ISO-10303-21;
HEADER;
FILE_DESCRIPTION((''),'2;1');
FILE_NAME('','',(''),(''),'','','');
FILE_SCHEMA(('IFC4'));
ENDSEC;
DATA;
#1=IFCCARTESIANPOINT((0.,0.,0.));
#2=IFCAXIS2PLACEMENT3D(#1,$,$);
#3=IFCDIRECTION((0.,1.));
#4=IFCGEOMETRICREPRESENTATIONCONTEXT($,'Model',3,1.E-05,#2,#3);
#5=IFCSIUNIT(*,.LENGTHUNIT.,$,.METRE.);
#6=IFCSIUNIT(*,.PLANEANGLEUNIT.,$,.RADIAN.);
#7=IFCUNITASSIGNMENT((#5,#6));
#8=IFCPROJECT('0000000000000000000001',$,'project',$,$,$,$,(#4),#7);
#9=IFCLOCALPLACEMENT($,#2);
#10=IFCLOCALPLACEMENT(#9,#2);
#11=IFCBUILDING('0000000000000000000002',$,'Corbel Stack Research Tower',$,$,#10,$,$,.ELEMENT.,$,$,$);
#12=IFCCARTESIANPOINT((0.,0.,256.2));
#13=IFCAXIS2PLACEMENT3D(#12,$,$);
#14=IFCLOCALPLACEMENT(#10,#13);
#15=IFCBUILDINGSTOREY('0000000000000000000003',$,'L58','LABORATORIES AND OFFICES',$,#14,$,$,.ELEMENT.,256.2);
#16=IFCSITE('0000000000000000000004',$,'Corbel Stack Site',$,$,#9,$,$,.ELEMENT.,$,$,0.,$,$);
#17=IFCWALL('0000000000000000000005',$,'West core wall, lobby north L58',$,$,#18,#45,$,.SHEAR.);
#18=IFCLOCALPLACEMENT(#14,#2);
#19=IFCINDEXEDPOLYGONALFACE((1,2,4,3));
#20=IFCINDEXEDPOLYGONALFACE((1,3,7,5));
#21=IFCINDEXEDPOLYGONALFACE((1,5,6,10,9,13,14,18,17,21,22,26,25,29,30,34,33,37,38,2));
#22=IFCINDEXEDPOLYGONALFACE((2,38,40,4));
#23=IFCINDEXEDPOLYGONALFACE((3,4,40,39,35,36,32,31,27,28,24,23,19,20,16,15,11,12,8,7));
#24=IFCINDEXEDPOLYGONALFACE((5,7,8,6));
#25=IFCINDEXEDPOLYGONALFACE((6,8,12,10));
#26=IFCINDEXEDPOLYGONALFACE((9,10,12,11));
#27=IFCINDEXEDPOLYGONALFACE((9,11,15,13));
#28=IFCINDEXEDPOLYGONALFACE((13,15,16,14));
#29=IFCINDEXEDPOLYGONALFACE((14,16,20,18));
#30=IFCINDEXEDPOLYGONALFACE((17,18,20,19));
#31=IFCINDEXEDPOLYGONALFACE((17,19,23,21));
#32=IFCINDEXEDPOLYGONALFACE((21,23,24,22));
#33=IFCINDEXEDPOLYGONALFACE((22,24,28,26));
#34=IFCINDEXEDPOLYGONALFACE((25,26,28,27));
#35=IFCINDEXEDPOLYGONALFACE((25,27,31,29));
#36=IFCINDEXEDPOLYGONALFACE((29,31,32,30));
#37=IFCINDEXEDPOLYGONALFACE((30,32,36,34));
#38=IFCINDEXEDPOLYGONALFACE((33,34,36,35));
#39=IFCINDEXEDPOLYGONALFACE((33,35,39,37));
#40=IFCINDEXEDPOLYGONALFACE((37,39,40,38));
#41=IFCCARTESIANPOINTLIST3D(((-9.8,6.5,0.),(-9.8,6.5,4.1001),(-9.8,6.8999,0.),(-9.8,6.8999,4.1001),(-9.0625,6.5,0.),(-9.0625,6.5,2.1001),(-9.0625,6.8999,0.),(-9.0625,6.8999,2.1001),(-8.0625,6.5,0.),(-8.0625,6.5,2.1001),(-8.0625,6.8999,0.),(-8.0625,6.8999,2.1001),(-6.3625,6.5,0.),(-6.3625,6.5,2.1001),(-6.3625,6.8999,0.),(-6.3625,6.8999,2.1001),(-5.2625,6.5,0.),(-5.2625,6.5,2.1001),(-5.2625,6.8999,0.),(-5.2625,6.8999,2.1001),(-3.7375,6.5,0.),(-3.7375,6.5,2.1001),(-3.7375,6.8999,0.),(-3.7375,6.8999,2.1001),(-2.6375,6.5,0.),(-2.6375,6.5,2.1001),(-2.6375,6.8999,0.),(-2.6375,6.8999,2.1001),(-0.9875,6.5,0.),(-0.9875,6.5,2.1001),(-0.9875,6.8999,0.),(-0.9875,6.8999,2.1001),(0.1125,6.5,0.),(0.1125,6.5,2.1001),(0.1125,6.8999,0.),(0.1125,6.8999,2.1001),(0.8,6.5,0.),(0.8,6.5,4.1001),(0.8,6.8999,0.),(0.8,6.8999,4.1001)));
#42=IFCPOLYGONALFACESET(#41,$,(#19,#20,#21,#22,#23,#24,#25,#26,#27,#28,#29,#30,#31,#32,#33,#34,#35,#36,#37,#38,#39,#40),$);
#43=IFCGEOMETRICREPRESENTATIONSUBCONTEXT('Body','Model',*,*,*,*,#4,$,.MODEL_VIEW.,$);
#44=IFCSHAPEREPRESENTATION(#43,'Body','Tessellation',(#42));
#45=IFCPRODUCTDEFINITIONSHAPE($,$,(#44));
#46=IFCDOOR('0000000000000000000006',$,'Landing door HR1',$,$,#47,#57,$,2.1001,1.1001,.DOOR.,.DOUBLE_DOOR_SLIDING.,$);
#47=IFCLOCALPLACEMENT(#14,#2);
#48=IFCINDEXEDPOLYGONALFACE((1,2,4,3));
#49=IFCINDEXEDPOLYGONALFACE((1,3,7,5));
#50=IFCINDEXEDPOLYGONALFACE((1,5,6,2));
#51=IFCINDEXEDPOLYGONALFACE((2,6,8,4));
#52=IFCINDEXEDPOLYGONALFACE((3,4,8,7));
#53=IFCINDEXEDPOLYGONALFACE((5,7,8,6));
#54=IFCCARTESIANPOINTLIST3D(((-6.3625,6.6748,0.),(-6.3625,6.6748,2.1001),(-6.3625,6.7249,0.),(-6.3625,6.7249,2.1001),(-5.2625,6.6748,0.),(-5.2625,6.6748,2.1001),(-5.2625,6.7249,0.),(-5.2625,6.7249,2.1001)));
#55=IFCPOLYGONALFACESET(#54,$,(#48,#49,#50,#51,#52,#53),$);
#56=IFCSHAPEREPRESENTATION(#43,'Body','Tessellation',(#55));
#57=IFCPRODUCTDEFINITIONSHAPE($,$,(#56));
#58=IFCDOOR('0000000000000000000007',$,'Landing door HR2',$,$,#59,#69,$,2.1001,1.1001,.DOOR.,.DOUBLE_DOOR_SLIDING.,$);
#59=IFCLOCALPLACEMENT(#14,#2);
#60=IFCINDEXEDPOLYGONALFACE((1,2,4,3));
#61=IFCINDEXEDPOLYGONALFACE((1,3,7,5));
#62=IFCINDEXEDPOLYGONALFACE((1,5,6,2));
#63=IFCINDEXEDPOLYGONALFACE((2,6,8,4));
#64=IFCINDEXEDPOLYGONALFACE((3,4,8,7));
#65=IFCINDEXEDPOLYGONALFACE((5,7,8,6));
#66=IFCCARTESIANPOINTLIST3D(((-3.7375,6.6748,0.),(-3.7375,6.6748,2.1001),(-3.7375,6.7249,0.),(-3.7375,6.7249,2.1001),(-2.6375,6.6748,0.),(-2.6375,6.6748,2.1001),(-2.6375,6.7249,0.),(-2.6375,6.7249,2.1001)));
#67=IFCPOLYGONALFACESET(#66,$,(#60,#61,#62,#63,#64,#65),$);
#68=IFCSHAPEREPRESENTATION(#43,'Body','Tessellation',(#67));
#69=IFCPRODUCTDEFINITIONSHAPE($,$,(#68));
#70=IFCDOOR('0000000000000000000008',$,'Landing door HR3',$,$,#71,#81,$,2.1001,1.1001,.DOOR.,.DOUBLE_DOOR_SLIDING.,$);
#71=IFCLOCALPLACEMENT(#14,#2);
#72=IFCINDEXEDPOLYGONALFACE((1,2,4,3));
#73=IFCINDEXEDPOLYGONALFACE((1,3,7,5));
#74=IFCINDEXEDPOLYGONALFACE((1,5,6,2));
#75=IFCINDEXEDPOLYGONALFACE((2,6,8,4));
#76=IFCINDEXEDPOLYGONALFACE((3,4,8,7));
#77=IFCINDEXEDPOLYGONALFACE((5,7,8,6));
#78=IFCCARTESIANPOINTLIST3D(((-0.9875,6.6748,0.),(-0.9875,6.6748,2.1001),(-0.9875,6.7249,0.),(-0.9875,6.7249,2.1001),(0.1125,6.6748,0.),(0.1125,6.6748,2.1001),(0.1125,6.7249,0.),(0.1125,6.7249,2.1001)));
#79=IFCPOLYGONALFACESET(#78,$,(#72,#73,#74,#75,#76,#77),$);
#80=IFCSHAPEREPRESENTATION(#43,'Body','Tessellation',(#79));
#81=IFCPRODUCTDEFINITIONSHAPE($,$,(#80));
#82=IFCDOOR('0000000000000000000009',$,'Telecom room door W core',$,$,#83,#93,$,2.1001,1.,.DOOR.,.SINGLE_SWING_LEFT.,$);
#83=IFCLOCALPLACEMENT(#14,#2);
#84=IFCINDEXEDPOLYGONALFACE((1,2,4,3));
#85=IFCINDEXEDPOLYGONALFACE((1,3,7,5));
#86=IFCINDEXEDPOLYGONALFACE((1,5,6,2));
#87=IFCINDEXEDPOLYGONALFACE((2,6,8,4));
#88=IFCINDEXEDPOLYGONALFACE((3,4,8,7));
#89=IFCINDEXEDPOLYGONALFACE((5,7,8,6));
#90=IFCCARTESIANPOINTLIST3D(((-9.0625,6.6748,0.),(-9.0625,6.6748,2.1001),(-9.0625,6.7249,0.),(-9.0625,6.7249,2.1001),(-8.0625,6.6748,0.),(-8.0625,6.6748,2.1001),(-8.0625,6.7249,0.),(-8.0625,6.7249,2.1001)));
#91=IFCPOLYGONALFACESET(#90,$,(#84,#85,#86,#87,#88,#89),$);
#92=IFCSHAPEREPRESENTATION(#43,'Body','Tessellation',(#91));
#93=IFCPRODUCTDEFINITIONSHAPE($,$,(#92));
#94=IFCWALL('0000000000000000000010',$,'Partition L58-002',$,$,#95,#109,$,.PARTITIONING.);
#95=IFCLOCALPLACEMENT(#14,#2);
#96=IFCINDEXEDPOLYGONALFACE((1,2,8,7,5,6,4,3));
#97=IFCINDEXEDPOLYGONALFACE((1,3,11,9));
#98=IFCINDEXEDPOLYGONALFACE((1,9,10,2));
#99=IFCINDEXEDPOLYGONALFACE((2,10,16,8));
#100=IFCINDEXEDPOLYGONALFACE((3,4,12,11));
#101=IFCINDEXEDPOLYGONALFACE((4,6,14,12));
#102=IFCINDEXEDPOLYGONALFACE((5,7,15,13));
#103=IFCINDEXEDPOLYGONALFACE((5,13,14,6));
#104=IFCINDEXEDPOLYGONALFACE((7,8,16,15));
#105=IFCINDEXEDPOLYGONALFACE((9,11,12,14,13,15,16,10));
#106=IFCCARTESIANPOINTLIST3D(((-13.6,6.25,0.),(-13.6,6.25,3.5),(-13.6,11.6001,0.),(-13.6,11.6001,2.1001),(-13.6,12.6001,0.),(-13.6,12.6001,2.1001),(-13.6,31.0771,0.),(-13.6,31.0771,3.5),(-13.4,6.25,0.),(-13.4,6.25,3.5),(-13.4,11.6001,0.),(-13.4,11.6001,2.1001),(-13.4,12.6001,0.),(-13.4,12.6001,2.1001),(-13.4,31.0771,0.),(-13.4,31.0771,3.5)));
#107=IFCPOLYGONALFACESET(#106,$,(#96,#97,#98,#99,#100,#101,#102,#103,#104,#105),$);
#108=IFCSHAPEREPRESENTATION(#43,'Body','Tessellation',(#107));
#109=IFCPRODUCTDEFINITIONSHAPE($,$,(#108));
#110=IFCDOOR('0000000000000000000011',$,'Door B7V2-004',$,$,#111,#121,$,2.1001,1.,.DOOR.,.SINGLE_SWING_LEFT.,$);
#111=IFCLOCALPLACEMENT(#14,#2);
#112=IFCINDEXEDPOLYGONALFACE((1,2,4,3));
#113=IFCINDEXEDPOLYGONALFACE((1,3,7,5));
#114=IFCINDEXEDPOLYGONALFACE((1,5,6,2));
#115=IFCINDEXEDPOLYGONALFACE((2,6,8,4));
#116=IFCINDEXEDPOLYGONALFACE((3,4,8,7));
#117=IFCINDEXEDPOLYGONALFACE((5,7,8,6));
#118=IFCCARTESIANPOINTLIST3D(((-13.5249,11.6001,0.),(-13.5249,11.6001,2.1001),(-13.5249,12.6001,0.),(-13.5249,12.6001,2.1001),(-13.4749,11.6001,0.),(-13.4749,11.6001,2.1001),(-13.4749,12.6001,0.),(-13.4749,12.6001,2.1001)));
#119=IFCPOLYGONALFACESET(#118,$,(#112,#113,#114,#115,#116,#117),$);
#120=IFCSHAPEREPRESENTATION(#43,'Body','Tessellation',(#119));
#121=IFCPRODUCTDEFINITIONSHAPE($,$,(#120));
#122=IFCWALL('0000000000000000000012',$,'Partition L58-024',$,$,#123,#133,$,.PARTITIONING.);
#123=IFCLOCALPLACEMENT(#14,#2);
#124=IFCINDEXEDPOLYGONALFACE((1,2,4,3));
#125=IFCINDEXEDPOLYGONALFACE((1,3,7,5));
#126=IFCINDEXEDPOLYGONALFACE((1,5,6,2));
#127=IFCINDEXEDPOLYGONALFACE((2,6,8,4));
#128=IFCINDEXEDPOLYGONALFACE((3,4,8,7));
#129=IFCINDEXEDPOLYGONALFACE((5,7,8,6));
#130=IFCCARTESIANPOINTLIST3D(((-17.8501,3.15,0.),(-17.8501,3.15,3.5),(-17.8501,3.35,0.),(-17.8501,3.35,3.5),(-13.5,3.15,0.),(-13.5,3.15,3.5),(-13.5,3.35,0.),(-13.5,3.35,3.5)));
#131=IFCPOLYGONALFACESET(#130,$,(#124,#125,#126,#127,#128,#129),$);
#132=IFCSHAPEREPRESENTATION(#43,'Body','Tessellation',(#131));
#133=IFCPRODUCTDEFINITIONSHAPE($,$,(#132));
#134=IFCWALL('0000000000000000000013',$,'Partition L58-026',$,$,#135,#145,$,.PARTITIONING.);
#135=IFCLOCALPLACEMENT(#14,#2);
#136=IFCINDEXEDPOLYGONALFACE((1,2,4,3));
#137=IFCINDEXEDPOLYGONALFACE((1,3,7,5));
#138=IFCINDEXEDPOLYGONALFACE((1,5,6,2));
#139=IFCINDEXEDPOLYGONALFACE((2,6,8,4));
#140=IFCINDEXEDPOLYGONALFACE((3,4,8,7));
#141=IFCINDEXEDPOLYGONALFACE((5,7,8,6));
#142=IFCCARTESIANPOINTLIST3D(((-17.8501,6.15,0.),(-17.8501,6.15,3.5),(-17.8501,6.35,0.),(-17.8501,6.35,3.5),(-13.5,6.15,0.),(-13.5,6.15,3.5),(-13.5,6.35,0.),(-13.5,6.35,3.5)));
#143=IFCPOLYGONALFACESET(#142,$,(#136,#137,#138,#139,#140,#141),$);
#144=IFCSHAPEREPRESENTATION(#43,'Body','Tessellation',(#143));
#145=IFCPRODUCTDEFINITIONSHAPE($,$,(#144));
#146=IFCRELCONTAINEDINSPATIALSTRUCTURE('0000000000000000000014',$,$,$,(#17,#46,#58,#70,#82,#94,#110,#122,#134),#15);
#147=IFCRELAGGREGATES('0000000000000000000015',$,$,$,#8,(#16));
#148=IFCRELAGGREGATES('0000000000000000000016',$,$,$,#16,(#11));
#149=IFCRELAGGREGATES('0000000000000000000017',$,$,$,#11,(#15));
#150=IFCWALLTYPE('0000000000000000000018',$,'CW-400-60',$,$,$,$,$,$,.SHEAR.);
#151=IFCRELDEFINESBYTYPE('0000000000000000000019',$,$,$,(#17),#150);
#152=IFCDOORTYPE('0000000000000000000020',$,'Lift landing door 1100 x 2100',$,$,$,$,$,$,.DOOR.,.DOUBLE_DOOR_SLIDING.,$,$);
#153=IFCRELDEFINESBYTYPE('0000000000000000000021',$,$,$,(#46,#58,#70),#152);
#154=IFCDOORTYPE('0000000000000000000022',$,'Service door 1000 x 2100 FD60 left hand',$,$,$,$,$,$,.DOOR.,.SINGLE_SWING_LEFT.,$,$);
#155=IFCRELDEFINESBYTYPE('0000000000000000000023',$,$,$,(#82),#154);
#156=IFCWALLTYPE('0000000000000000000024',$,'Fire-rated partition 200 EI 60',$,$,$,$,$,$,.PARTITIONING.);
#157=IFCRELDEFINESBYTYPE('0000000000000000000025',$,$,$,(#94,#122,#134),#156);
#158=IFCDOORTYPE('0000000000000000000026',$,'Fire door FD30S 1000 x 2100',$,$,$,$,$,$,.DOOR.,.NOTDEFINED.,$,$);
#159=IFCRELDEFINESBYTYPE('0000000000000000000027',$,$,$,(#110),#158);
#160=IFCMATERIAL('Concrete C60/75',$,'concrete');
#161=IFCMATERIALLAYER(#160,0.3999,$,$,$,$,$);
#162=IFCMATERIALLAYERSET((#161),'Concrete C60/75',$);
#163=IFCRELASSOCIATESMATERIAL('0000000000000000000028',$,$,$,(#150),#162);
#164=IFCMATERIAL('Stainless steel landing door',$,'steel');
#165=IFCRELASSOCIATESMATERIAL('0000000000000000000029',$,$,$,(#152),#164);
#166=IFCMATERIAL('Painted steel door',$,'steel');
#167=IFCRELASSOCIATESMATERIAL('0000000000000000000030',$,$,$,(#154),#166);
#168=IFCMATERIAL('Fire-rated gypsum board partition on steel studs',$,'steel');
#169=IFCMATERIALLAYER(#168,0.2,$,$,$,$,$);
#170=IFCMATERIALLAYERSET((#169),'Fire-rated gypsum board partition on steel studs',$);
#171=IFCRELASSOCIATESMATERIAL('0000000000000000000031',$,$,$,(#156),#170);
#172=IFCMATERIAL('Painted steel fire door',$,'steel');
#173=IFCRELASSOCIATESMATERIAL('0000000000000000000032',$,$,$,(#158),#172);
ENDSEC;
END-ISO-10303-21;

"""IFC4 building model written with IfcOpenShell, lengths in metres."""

from ifc_helpers import new_model, si_unit, direction, frame, frame_2d, origin, place, context, subcontext, project, spatial, rectangle, extrude, material, layer, layer_set, type_object, element, fill, save


model = new_model("IFC4")

# Units and contexts
model_context = context("Model", 3, precision=1e-05, world=origin(), true_north=direction((0.0, 1.0)))
body_context = subcontext(model_context, "Body", "Model", "MODEL_VIEW")
ifc_project = project(units=[si_unit("LENGTHUNIT", "METRE"), si_unit("PLANEANGLEUNIT", "RADIAN")], contexts=[model_context])

# Site, building, storey
site_placement = place(None, origin())
site = spatial("IfcSite", under=ifc_project, at=site_placement, Name="Corbel Stack Site", CompositionType="ELEMENT", RefElevation=0.0)
building_placement = place(site_placement, origin())
building = spatial("IfcBuilding", under=site, at=building_placement, Name="Corbel Stack Research Tower", CompositionType="ELEMENT")
storey_placement = place(building_placement, frame((0.0, 0.0, 256.2)))
storey = spatial("IfcBuildingStorey", under=building, at=storey_placement, Name="L58", Description="LABORATORIES AND OFFICES", CompositionType="ELEMENT", Elevation=256.2)

# Wall, openings, doors
ifc_material_1 = material(Name="Concrete C60/75", Category="concrete")
ifc_layer_1 = layer(ifc_material_1, 0.3999)
ifc_layer_set_1 = layer_set([ifc_layer_1], Name="Concrete C60/75")
wall_type_1 = type_object("IfcWallType", Name="CW-400-60", PredefinedType="SHEAR", material=ifc_layer_set_1)
ifc_material_2 = material(Name="Stainless steel landing door", Category="steel")
door_type_1 = type_object("IfcDoorType", Name="Lift landing door 1100 x 2100", OperationType="DOUBLE_DOOR_SLIDING", PredefinedType="DOOR", material=ifc_material_2)
ifc_material_3 = material(Name="Painted steel door", Category="steel")
door_type_2 = type_object("IfcDoorType", Name="Service door 1000 x 2100 FD60 left hand", OperationType="SINGLE_SWING_LEFT", PredefinedType="DOOR", material=ifc_material_3)
wall_1_placement = place(storey_placement, frame((-9.8, 6.7, 0.0), z_axis=(0.0, 0.0, 1.0), x_axis=(1.0, 0.0, 0.0)))
wall_1 = element("IfcWall", 1, at=wall_1_placement, inside=storey, type_object=wall_type_1, Name="West core wall, lobby north L58", PredefinedType="SHEAR", context=body_context, shape_type="SweptSolid", body=[
    extrude(rectangle(XDim=10.6001, YDim=0.3999, at=frame_2d((5.3, 0.0))), origin(), (0.0, 0.0, 1.0), 4.1001),
])
opening_1_placement = place(wall_1_placement, frame((3.4375, 0.0, 0.0)))
opening_1 = element("IfcOpeningElement", 2, at=opening_1_placement, cuts=wall_1, PredefinedType="OPENING", context=body_context, shape_type="SweptSolid", body=[
    extrude(rectangle(XDim=1.1001, YDim=2.1001, at=frame_2d((0.55, 1.05))), frame((0.0, 0.21, 0.0), z_axis=(0.0, -1.0, 0.0), x_axis=(1.0, 0.0, 0.0)), (0.0, 0.0, 1.0), 0.4199),
])
opening_2_placement = place(wall_1_placement, frame((6.0625, 0.0, 0.0)))
opening_2 = element("IfcOpeningElement", 3, at=opening_2_placement, cuts=wall_1, PredefinedType="OPENING", context=body_context, shape_type="SweptSolid", body=[
    extrude(rectangle(XDim=1.1001, YDim=2.1001, at=frame_2d((0.55, 1.05))), frame((0.0, 0.21, 0.0), z_axis=(0.0, -1.0, 0.0), x_axis=(1.0, 0.0, 0.0)), (0.0, 0.0, 1.0), 0.4199),
])
opening_3_placement = place(wall_1_placement, frame((8.8125, 0.0, 0.0)))
opening_3 = element("IfcOpeningElement", 4, at=opening_3_placement, cuts=wall_1, PredefinedType="OPENING", context=body_context, shape_type="SweptSolid", body=[
    extrude(rectangle(XDim=1.1001, YDim=2.1001, at=frame_2d((0.55, 1.05))), frame((0.0, 0.21, 0.0), z_axis=(0.0, -1.0, 0.0), x_axis=(1.0, 0.0, 0.0)), (0.0, 0.0, 1.0), 0.4199),
])
opening_4_placement = place(wall_1_placement, frame((0.7375, 0.0, 0.0)))
opening_4 = element("IfcOpeningElement", 5, at=opening_4_placement, cuts=wall_1, PredefinedType="OPENING", context=body_context, shape_type="SweptSolid", body=[
    extrude(rectangle(XDim=1.0, YDim=2.1001, at=frame_2d((0.5, 1.05))), frame((0.0, 0.21, 0.0), z_axis=(0.0, -1.0, 0.0), x_axis=(1.0, 0.0, 0.0)), (0.0, 0.0, 1.0), 0.4199),
])
door_1_placement = place(opening_1_placement, origin())
door_1 = element("IfcDoor", 6, at=door_1_placement, inside=storey, type_object=door_type_1, Name="Landing door HR1", OperationType="DOUBLE_DOOR_SLIDING", OverallHeight=2.1001, OverallWidth=1.1001, PredefinedType="DOOR", context=body_context, shape_type="SweptSolid", body=[
    extrude(rectangle(XDim=1.1001, YDim=2.1001, at=frame_2d((0.55, 1.05))), frame((0.0, 0.0249, 0.0), z_axis=(0.0, -1.0, 0.0), x_axis=(1.0, 0.0, 0.0)), (0.0, 0.0, 1.0), 0.05),
])
fill(opening_1, door_1)
door_2_placement = place(opening_2_placement, origin())
door_2 = element("IfcDoor", 7, at=door_2_placement, inside=storey, type_object=door_type_1, Name="Landing door HR2", OperationType="DOUBLE_DOOR_SLIDING", OverallHeight=2.1001, OverallWidth=1.1001, PredefinedType="DOOR", context=body_context, shape_type="SweptSolid", body=[
    extrude(rectangle(XDim=1.1001, YDim=2.1001, at=frame_2d((0.55, 1.05))), frame((0.0, 0.0249, 0.0), z_axis=(0.0, -1.0, 0.0), x_axis=(1.0, 0.0, 0.0)), (0.0, 0.0, 1.0), 0.05),
])
fill(opening_2, door_2)
door_3_placement = place(opening_3_placement, origin())
door_3 = element("IfcDoor", 8, at=door_3_placement, inside=storey, type_object=door_type_1, Name="Landing door HR3", OperationType="DOUBLE_DOOR_SLIDING", OverallHeight=2.1001, OverallWidth=1.1001, PredefinedType="DOOR", context=body_context, shape_type="SweptSolid", body=[
    extrude(rectangle(XDim=1.1001, YDim=2.1001, at=frame_2d((0.55, 1.05))), frame((0.0, 0.0249, 0.0), z_axis=(0.0, -1.0, 0.0), x_axis=(1.0, 0.0, 0.0)), (0.0, 0.0, 1.0), 0.05),
])
fill(opening_3, door_3)
door_4_placement = place(opening_4_placement, origin())
door_4 = element("IfcDoor", 9, at=door_4_placement, inside=storey, type_object=door_type_2, Name="Telecom room door W core", OperationType="SINGLE_SWING_LEFT", OverallHeight=2.1001, OverallWidth=1.0, PredefinedType="DOOR", context=body_context, shape_type="SweptSolid", body=[
    extrude(rectangle(XDim=1.0, YDim=2.1001, at=frame_2d((0.5, 1.05))), frame((0.0, 0.0249, 0.0), z_axis=(0.0, -1.0, 0.0), x_axis=(1.0, 0.0, 0.0)), (0.0, 0.0, 1.0), 0.05),
])
fill(opening_4, door_4)

# Wall, opening, door
ifc_material_4 = material(Name="Fire-rated gypsum board partition on steel studs", Category="steel")
ifc_layer_2 = layer(ifc_material_4, 0.2)
ifc_layer_set_2 = layer_set([ifc_layer_2], Name="Fire-rated gypsum board partition on steel studs")
wall_type_2 = type_object("IfcWallType", Name="Fire-rated partition 200 EI 60", PredefinedType="PARTITIONING", material=ifc_layer_set_2)
wall_2_placement = place(storey_placement, frame((-13.5, 6.25, 0.0), z_axis=(0.0, 0.0, 1.0), x_axis=(0.0, 1.0, 0.0)))
wall_2 = element("IfcWall", 10, at=wall_2_placement, inside=storey, type_object=wall_type_2, Name="Partition L58-002", PredefinedType="PARTITIONING", context=body_context, shape_type="SweptSolid", body=[
    extrude(rectangle(XDim=24.8271, YDim=0.2, at=frame_2d((12.4136, 0.0))), origin(), (0.0, 0.0, 1.0), 3.5),
])
opening_5_placement = place(wall_2_placement, frame((5.3501, 0.0, 0.0)))
opening_5 = element("IfcOpeningElement", 11, at=opening_5_placement, cuts=wall_2, PredefinedType="OPENING", context=body_context, shape_type="SweptSolid", body=[
    extrude(rectangle(XDim=1.0, YDim=2.1001, at=frame_2d((0.5, 1.05))), frame((0.0, 0.1099, 0.0), z_axis=(0.0, -1.0, 0.0), x_axis=(1.0, 0.0, 0.0)), (0.0, 0.0, 1.0), 0.22),
])
ifc_material_5 = material(Name="Painted steel fire door", Category="steel")
door_type_3 = type_object("IfcDoorType", Name="Fire door FD30S 1000 x 2100", OperationType="NOTDEFINED", PredefinedType="DOOR", material=ifc_material_5)
door_5_placement = place(opening_5_placement, origin())
door_5 = element("IfcDoor", 12, at=door_5_placement, inside=storey, type_object=door_type_3, Name="Door B7V2-004", OperationType="SINGLE_SWING_LEFT", OverallHeight=2.1001, OverallWidth=1.0, PredefinedType="DOOR", context=body_context, shape_type="SweptSolid", body=[
    extrude(rectangle(XDim=1.0, YDim=2.1001, at=frame_2d((0.5, 1.05))), frame((0.0, 0.0249, 0.0), z_axis=(0.0, -1.0, 0.0), x_axis=(1.0, 0.0, 0.0)), (0.0, 0.0, 1.0), 0.05),
])
fill(opening_5, door_5)

# Walls
for number, where, z_axis, x_axis, name in (
    (13, (-17.8501, 3.25, 0.0), (0.0, 0.0, 1.0), (1.0, 0.0, 0.0), "Partition L58-024"),
    (14, (-17.8501, 6.25, 0.0), (0.0, 0.0, 1.0), (1.0, 0.0, 0.0), "Partition L58-026"),
):
    element("IfcWall", number, at=place(storey_placement, frame(where, z_axis=z_axis, x_axis=x_axis)), inside=storey, type_object=wall_type_2, Name=name, PredefinedType="PARTITIONING", context=body_context, shape_type="SweptSolid", body=[
        extrude(rectangle(XDim=4.3501, YDim=0.2, at=frame_2d((2.175, 0.0))), origin(), (0.0, 0.0, 1.0), 3.5),
    ])

save(model, "model.ifc")
